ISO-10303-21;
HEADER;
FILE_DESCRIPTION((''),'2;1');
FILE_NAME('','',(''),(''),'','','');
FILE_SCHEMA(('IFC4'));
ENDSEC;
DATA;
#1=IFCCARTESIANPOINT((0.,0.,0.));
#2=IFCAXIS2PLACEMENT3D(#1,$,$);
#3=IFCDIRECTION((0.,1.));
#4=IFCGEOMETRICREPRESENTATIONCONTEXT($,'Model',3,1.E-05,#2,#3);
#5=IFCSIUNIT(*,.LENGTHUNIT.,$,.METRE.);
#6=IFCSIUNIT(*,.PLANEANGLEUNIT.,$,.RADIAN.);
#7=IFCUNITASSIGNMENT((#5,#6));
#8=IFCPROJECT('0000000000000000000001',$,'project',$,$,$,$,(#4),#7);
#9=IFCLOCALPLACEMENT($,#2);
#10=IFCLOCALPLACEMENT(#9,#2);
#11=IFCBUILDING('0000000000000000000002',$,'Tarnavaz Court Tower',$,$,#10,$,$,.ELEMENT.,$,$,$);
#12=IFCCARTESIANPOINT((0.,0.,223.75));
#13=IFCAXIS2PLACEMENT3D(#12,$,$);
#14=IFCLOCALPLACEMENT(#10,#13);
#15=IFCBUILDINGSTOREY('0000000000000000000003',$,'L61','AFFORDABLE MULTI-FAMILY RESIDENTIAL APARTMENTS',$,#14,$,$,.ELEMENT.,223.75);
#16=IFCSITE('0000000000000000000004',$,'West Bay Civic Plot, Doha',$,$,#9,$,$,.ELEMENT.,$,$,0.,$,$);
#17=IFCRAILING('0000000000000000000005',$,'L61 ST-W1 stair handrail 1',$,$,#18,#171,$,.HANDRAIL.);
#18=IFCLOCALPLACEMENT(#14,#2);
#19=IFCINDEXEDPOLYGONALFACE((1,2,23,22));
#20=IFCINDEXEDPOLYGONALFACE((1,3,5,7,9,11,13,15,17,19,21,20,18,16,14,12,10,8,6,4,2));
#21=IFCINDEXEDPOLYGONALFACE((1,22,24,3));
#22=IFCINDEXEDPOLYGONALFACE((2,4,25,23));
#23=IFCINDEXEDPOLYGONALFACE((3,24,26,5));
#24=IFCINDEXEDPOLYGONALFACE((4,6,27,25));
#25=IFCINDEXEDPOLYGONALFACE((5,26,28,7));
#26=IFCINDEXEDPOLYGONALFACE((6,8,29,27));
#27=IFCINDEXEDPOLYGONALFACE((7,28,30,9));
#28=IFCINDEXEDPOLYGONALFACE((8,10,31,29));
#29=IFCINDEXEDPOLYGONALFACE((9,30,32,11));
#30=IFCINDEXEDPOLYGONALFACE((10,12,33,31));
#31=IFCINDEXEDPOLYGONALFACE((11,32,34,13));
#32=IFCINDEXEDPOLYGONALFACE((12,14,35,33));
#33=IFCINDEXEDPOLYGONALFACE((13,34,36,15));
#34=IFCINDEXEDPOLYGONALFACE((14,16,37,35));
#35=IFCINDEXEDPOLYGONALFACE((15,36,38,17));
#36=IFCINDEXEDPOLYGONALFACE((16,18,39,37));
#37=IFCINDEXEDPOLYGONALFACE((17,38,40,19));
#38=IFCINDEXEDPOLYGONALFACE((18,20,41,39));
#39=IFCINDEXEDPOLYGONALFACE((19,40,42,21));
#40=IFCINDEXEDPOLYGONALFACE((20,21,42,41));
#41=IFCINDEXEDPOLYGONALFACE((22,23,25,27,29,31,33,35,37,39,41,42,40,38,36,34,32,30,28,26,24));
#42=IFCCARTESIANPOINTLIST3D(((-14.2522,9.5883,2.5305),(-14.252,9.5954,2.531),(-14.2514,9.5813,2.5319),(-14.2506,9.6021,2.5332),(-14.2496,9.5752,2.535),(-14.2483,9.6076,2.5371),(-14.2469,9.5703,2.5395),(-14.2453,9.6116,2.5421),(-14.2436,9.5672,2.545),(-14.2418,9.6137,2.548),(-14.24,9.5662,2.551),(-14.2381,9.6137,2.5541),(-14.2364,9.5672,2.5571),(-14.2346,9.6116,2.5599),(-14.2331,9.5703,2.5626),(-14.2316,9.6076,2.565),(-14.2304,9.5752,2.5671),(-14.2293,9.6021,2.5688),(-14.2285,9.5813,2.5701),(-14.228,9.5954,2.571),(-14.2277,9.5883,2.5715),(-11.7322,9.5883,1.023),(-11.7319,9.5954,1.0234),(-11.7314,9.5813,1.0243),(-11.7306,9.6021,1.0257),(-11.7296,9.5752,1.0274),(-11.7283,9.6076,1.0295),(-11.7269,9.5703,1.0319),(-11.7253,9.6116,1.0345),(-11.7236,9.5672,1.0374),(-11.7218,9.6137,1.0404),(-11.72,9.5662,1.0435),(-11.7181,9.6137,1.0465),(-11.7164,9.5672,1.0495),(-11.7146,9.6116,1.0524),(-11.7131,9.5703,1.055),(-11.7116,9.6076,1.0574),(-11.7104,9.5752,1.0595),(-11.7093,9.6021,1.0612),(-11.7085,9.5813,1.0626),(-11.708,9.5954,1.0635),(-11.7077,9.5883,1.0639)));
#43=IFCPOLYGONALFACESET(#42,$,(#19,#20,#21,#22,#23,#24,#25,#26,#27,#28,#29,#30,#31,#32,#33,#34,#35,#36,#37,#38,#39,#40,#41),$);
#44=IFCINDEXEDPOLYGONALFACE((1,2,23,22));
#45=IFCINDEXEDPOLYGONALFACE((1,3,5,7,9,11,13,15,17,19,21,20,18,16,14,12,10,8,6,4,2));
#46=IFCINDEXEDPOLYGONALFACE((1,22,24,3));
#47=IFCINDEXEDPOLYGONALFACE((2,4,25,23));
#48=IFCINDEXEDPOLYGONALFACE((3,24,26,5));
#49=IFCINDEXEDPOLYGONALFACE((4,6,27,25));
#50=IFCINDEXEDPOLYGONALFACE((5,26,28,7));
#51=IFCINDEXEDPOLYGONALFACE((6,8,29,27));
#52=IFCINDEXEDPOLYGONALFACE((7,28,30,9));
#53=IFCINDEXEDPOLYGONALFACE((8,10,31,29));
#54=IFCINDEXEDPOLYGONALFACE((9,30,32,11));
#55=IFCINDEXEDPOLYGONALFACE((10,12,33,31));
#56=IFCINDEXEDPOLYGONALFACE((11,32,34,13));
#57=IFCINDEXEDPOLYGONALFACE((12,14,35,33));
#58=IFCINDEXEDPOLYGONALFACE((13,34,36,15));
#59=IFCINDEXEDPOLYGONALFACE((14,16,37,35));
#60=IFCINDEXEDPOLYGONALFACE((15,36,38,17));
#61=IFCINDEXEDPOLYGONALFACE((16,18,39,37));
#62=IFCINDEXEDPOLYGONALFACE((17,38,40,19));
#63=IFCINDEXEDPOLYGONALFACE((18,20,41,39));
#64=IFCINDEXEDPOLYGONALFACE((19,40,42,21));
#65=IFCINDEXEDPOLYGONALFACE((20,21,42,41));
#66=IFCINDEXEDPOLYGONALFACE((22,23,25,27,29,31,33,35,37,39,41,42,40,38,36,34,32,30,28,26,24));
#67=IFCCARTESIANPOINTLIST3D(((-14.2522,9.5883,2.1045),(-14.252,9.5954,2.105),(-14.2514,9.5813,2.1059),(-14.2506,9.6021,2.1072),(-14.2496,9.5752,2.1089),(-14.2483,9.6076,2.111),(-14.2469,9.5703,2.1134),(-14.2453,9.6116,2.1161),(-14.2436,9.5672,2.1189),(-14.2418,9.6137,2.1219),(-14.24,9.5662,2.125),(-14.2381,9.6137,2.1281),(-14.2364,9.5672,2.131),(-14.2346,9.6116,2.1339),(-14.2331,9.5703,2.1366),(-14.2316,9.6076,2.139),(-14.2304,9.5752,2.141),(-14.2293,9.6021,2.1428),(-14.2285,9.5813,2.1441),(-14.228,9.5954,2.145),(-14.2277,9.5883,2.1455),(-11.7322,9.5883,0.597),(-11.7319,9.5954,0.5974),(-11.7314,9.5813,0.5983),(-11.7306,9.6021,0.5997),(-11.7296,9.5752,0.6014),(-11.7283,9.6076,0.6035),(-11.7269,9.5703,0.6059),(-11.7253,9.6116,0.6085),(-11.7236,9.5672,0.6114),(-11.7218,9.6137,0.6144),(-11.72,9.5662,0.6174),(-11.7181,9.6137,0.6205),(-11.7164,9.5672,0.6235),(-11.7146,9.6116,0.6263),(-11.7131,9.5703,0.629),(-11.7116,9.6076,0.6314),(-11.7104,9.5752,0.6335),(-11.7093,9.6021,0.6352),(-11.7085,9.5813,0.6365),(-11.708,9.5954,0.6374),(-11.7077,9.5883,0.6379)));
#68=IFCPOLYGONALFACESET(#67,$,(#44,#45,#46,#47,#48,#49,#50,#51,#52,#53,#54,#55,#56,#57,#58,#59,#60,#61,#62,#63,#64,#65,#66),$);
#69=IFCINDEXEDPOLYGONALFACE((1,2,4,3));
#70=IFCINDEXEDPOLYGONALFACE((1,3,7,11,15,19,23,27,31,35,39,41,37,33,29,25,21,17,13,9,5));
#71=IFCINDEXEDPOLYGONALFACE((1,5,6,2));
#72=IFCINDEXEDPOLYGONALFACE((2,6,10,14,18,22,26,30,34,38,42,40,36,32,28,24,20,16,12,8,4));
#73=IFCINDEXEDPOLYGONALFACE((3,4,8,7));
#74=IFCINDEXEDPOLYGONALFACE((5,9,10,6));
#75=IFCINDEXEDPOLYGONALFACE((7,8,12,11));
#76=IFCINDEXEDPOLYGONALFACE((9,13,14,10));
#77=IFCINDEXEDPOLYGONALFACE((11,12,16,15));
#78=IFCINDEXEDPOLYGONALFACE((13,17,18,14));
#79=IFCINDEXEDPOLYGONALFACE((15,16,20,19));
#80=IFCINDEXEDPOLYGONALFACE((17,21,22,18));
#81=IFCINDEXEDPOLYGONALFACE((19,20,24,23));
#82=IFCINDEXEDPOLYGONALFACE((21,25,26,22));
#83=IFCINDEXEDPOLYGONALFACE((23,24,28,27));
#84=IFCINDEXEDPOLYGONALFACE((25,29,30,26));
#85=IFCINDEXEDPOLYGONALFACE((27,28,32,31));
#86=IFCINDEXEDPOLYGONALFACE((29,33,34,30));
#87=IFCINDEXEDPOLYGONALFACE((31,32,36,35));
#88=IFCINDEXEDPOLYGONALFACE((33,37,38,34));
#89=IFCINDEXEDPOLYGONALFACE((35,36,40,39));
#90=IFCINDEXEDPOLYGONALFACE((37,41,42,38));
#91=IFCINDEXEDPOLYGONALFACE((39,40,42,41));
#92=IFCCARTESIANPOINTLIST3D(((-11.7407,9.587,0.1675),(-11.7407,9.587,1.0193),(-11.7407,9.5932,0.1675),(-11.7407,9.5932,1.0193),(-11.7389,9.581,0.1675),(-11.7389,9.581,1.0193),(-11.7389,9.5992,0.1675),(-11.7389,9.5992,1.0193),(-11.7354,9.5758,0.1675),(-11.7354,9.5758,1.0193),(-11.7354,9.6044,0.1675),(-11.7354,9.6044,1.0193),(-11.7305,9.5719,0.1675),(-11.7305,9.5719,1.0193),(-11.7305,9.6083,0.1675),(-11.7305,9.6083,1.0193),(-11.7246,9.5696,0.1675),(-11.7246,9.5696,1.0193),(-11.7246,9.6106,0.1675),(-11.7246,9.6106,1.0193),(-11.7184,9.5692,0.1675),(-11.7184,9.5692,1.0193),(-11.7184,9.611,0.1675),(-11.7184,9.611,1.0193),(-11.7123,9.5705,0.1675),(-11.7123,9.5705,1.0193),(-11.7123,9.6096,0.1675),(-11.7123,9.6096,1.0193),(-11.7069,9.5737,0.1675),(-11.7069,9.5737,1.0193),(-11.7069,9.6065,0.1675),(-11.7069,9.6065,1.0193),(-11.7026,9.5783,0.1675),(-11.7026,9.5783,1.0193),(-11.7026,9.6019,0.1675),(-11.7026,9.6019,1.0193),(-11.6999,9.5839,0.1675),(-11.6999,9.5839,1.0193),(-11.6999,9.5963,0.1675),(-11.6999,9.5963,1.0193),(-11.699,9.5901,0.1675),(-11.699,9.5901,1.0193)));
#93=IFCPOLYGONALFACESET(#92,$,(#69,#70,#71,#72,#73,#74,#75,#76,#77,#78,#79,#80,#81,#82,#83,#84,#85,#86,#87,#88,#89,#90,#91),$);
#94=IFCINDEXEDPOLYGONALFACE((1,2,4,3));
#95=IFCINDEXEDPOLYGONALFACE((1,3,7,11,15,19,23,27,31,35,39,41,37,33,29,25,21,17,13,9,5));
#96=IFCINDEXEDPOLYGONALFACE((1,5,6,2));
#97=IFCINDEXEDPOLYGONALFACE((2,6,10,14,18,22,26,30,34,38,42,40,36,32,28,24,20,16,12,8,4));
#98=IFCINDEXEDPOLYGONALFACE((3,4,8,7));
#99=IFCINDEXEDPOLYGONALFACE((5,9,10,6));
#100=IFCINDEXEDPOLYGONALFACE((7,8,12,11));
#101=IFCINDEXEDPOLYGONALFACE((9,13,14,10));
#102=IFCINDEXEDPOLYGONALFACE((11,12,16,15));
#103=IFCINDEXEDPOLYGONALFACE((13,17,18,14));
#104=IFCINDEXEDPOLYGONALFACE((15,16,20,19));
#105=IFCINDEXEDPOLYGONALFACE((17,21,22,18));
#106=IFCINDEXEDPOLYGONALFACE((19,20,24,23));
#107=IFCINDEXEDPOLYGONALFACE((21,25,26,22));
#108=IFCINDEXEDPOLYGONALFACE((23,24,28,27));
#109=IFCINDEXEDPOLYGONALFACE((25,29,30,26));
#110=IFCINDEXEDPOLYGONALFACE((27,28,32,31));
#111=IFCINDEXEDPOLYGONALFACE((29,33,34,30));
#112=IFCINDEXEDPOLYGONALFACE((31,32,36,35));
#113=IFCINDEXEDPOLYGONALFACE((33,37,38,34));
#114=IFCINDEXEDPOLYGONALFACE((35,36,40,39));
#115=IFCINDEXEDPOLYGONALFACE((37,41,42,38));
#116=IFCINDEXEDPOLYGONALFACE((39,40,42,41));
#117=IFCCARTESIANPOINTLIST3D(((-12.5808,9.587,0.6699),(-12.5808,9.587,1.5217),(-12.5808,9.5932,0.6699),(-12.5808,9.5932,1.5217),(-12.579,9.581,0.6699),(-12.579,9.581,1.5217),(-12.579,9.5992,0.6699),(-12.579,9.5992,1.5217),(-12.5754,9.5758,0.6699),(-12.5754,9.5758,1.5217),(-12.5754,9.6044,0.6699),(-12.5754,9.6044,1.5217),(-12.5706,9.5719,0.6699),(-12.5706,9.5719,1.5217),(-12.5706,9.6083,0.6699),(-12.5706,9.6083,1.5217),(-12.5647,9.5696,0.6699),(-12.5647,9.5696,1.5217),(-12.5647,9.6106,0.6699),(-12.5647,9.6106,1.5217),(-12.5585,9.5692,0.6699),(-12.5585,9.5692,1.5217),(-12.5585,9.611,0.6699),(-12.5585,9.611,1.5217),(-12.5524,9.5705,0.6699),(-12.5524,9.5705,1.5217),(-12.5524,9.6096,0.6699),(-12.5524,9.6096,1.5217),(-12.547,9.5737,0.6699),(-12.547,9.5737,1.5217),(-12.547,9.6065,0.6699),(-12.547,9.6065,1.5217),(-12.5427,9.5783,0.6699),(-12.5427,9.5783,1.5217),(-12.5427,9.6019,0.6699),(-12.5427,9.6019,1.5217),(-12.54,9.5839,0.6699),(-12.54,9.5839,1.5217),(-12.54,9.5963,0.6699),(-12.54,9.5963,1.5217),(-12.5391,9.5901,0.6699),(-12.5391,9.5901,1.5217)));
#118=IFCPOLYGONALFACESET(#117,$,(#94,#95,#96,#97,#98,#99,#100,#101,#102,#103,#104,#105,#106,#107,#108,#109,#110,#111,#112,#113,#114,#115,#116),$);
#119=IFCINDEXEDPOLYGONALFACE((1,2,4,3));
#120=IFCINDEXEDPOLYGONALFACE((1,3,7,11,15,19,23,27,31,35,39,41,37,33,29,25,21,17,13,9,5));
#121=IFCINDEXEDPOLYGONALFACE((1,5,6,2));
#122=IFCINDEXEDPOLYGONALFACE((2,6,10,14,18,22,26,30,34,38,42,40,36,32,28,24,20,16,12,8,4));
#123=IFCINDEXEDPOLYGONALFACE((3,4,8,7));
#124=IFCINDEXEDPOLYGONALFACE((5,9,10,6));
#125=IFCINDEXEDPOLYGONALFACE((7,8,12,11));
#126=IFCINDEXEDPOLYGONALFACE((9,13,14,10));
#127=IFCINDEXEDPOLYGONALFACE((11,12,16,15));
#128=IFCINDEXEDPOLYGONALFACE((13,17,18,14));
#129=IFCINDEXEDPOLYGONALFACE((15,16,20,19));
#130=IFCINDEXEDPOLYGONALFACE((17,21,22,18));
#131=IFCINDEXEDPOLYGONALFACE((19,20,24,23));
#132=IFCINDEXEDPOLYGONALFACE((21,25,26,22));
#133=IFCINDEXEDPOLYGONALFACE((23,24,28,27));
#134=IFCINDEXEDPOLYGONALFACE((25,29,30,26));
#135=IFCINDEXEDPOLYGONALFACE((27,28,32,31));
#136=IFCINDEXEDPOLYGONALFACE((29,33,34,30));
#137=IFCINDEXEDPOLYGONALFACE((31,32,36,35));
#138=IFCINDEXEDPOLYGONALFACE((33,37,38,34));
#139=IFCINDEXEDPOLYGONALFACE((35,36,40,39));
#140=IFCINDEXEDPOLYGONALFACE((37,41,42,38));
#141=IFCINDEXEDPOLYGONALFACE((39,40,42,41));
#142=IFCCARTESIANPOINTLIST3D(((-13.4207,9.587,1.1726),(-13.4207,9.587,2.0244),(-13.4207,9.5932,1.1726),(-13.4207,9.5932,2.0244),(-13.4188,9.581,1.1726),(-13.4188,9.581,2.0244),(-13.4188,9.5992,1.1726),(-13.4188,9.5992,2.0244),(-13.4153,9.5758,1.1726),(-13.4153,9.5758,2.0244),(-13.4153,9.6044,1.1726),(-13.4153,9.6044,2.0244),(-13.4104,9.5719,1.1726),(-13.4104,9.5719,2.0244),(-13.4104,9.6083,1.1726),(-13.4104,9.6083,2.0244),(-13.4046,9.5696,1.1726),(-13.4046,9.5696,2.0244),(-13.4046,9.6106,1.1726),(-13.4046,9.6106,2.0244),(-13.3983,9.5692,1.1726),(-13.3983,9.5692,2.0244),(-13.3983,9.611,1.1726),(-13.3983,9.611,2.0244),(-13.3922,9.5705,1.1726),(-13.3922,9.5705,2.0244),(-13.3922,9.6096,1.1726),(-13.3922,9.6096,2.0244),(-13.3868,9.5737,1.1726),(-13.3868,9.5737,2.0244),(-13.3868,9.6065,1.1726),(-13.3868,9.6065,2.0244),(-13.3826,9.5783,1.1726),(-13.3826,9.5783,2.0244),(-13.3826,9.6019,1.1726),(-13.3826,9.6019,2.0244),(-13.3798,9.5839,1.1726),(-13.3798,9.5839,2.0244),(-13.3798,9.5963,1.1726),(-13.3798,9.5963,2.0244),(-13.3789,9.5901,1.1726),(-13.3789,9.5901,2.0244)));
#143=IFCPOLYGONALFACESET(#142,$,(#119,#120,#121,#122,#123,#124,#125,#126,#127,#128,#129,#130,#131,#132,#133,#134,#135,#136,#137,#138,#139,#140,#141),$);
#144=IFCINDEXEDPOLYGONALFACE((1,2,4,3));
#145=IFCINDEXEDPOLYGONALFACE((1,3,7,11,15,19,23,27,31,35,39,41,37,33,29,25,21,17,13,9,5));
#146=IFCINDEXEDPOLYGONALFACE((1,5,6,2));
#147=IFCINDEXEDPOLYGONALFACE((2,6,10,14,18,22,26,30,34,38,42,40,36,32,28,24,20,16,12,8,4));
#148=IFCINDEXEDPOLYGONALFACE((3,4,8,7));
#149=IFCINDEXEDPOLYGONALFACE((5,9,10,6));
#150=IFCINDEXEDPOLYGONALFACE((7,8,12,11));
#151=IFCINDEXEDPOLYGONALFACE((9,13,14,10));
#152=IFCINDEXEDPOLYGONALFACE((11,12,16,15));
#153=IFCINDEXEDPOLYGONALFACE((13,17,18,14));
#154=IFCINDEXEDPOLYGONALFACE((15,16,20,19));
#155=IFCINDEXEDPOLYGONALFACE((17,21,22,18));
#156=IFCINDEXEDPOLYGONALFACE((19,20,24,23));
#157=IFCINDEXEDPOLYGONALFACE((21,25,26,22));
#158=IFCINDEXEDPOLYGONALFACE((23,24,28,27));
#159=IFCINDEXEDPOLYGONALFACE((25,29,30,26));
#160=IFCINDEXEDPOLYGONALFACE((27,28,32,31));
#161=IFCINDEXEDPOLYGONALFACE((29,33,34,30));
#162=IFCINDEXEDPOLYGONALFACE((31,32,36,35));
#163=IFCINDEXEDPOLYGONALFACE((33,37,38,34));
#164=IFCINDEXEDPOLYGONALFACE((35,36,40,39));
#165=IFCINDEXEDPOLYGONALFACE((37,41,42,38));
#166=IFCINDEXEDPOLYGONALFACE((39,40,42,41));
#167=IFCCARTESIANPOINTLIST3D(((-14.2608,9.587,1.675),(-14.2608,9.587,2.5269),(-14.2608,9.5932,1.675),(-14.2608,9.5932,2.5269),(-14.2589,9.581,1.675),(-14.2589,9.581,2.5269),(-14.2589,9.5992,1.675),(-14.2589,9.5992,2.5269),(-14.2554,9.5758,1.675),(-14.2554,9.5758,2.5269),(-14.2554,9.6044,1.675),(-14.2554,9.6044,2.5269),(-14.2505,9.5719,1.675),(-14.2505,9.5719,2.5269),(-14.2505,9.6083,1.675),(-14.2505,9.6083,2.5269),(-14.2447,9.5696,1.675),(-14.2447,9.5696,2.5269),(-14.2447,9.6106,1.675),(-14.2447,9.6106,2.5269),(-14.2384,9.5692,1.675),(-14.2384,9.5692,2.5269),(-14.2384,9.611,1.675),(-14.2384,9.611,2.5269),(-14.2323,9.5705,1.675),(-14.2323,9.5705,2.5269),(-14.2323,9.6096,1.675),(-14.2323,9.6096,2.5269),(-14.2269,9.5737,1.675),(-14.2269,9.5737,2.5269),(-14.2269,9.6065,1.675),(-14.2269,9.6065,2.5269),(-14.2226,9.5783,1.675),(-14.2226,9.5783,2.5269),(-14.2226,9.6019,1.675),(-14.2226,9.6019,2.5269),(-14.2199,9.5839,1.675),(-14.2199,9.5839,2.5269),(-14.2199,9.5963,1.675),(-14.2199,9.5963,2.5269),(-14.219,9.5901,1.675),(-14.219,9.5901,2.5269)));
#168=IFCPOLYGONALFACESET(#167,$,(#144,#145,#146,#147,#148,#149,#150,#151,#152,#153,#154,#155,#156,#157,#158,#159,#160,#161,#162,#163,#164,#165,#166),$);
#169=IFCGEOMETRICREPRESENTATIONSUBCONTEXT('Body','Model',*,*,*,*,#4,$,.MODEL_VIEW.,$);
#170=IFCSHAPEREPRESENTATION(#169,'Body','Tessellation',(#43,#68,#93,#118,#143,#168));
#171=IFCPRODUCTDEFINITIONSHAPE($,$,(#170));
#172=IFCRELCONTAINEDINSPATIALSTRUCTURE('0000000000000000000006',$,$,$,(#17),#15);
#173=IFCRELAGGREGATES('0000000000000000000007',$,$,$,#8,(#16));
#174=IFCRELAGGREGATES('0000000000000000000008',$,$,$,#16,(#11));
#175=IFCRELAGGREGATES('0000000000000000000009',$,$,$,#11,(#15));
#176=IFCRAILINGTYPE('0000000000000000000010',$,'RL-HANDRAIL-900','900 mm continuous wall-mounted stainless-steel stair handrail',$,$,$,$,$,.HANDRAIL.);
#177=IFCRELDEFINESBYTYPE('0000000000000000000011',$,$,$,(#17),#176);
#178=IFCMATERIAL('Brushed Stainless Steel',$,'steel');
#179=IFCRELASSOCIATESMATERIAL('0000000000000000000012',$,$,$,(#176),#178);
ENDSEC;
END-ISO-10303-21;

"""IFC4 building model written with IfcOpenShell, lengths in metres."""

from ifc_helpers import new_model, si_unit, direction, frame, origin, origin_2d, place, context, subcontext, project, spatial, circle, extrude, material, type_object, element, save


model = new_model("IFC4")

# Units and contexts
model_context = context("Model", 3, precision=1e-05, world=origin(), true_north=direction((0.0, 1.0)))
body_context = subcontext(model_context, "Body", "Model", "MODEL_VIEW")
ifc_project = project(units=[si_unit("LENGTHUNIT", "METRE"), si_unit("PLANEANGLEUNIT", "RADIAN")], contexts=[model_context])

# Site, building, storey
site_placement = place(None, origin())
site = spatial("IfcSite", under=ifc_project, at=site_placement, Name="West Bay Civic Plot, Doha", CompositionType="ELEMENT", RefElevation=0.0)
building_placement = place(site_placement, origin())
building = spatial("IfcBuilding", under=site, at=building_placement, Name="Tarnavaz Court Tower", CompositionType="ELEMENT")
storey_placement = place(building_placement, frame((0.0, 0.0, 223.75)))
storey = spatial("IfcBuildingStorey", under=building, at=storey_placement, Name="L61", Description="AFFORDABLE MULTI-FAMILY RESIDENTIAL APARTMENTS", CompositionType="ELEMENT", Elevation=223.75)

# Railing
ifc_material_1 = material(Name="Brushed Stainless Steel", Category="steel")
railing_type_1 = type_object("IfcRailingType", Name="RL-HANDRAIL-900", Description="900 mm continuous wall-mounted stainless-steel stair handrail", PredefinedType="HANDRAIL", material=ifc_material_1)
railing_1_placement = place(storey_placement, frame((-11.72, 9.5901, 0.1675)))
element("IfcRailing", 1, at=railing_1_placement, inside=storey, type_object=railing_type_1, Name="L61 ST-W1 stair handrail 1", PredefinedType="HANDRAIL", context=body_context, shape_type="SweptSolid", body=[
    extrude(circle(Radius=0.0239, at=origin_2d()), frame((0.0, 0.0, 0.876), z_axis=(-0.85816, 0.0, 0.513383), x_axis=(0.0, -1.0, 0.0)), (0.0, 0.0, 1.0), 2.9365),
    extrude(circle(Radius=0.0239, at=origin_2d()), frame((0.0, 0.0, 0.45), z_axis=(-0.85816, 0.0, 0.513383), x_axis=(0.0, -1.0, 0.0)), (0.0, 0.0, 1.0), 2.9365),
    extrude(circle(Radius=0.021, at=origin_2d()), origin(), (0.0, 0.0, 1.0), 0.8518),
    extrude(circle(Radius=0.021, at=origin_2d()), frame((-0.8401, 0.0, 0.5024)), (0.0, 0.0, 1.0), 0.8518),
    extrude(circle(Radius=0.021, at=origin_2d()), frame((-1.6799, 0.0, 1.0051)), (0.0, 0.0, 1.0), 0.8518),
    extrude(circle(Radius=0.021, at=origin_2d()), frame((-2.52, 0.0, 1.5076)), (0.0, 0.0, 1.0), 0.8518),
])

save(model, "model.ifc")
